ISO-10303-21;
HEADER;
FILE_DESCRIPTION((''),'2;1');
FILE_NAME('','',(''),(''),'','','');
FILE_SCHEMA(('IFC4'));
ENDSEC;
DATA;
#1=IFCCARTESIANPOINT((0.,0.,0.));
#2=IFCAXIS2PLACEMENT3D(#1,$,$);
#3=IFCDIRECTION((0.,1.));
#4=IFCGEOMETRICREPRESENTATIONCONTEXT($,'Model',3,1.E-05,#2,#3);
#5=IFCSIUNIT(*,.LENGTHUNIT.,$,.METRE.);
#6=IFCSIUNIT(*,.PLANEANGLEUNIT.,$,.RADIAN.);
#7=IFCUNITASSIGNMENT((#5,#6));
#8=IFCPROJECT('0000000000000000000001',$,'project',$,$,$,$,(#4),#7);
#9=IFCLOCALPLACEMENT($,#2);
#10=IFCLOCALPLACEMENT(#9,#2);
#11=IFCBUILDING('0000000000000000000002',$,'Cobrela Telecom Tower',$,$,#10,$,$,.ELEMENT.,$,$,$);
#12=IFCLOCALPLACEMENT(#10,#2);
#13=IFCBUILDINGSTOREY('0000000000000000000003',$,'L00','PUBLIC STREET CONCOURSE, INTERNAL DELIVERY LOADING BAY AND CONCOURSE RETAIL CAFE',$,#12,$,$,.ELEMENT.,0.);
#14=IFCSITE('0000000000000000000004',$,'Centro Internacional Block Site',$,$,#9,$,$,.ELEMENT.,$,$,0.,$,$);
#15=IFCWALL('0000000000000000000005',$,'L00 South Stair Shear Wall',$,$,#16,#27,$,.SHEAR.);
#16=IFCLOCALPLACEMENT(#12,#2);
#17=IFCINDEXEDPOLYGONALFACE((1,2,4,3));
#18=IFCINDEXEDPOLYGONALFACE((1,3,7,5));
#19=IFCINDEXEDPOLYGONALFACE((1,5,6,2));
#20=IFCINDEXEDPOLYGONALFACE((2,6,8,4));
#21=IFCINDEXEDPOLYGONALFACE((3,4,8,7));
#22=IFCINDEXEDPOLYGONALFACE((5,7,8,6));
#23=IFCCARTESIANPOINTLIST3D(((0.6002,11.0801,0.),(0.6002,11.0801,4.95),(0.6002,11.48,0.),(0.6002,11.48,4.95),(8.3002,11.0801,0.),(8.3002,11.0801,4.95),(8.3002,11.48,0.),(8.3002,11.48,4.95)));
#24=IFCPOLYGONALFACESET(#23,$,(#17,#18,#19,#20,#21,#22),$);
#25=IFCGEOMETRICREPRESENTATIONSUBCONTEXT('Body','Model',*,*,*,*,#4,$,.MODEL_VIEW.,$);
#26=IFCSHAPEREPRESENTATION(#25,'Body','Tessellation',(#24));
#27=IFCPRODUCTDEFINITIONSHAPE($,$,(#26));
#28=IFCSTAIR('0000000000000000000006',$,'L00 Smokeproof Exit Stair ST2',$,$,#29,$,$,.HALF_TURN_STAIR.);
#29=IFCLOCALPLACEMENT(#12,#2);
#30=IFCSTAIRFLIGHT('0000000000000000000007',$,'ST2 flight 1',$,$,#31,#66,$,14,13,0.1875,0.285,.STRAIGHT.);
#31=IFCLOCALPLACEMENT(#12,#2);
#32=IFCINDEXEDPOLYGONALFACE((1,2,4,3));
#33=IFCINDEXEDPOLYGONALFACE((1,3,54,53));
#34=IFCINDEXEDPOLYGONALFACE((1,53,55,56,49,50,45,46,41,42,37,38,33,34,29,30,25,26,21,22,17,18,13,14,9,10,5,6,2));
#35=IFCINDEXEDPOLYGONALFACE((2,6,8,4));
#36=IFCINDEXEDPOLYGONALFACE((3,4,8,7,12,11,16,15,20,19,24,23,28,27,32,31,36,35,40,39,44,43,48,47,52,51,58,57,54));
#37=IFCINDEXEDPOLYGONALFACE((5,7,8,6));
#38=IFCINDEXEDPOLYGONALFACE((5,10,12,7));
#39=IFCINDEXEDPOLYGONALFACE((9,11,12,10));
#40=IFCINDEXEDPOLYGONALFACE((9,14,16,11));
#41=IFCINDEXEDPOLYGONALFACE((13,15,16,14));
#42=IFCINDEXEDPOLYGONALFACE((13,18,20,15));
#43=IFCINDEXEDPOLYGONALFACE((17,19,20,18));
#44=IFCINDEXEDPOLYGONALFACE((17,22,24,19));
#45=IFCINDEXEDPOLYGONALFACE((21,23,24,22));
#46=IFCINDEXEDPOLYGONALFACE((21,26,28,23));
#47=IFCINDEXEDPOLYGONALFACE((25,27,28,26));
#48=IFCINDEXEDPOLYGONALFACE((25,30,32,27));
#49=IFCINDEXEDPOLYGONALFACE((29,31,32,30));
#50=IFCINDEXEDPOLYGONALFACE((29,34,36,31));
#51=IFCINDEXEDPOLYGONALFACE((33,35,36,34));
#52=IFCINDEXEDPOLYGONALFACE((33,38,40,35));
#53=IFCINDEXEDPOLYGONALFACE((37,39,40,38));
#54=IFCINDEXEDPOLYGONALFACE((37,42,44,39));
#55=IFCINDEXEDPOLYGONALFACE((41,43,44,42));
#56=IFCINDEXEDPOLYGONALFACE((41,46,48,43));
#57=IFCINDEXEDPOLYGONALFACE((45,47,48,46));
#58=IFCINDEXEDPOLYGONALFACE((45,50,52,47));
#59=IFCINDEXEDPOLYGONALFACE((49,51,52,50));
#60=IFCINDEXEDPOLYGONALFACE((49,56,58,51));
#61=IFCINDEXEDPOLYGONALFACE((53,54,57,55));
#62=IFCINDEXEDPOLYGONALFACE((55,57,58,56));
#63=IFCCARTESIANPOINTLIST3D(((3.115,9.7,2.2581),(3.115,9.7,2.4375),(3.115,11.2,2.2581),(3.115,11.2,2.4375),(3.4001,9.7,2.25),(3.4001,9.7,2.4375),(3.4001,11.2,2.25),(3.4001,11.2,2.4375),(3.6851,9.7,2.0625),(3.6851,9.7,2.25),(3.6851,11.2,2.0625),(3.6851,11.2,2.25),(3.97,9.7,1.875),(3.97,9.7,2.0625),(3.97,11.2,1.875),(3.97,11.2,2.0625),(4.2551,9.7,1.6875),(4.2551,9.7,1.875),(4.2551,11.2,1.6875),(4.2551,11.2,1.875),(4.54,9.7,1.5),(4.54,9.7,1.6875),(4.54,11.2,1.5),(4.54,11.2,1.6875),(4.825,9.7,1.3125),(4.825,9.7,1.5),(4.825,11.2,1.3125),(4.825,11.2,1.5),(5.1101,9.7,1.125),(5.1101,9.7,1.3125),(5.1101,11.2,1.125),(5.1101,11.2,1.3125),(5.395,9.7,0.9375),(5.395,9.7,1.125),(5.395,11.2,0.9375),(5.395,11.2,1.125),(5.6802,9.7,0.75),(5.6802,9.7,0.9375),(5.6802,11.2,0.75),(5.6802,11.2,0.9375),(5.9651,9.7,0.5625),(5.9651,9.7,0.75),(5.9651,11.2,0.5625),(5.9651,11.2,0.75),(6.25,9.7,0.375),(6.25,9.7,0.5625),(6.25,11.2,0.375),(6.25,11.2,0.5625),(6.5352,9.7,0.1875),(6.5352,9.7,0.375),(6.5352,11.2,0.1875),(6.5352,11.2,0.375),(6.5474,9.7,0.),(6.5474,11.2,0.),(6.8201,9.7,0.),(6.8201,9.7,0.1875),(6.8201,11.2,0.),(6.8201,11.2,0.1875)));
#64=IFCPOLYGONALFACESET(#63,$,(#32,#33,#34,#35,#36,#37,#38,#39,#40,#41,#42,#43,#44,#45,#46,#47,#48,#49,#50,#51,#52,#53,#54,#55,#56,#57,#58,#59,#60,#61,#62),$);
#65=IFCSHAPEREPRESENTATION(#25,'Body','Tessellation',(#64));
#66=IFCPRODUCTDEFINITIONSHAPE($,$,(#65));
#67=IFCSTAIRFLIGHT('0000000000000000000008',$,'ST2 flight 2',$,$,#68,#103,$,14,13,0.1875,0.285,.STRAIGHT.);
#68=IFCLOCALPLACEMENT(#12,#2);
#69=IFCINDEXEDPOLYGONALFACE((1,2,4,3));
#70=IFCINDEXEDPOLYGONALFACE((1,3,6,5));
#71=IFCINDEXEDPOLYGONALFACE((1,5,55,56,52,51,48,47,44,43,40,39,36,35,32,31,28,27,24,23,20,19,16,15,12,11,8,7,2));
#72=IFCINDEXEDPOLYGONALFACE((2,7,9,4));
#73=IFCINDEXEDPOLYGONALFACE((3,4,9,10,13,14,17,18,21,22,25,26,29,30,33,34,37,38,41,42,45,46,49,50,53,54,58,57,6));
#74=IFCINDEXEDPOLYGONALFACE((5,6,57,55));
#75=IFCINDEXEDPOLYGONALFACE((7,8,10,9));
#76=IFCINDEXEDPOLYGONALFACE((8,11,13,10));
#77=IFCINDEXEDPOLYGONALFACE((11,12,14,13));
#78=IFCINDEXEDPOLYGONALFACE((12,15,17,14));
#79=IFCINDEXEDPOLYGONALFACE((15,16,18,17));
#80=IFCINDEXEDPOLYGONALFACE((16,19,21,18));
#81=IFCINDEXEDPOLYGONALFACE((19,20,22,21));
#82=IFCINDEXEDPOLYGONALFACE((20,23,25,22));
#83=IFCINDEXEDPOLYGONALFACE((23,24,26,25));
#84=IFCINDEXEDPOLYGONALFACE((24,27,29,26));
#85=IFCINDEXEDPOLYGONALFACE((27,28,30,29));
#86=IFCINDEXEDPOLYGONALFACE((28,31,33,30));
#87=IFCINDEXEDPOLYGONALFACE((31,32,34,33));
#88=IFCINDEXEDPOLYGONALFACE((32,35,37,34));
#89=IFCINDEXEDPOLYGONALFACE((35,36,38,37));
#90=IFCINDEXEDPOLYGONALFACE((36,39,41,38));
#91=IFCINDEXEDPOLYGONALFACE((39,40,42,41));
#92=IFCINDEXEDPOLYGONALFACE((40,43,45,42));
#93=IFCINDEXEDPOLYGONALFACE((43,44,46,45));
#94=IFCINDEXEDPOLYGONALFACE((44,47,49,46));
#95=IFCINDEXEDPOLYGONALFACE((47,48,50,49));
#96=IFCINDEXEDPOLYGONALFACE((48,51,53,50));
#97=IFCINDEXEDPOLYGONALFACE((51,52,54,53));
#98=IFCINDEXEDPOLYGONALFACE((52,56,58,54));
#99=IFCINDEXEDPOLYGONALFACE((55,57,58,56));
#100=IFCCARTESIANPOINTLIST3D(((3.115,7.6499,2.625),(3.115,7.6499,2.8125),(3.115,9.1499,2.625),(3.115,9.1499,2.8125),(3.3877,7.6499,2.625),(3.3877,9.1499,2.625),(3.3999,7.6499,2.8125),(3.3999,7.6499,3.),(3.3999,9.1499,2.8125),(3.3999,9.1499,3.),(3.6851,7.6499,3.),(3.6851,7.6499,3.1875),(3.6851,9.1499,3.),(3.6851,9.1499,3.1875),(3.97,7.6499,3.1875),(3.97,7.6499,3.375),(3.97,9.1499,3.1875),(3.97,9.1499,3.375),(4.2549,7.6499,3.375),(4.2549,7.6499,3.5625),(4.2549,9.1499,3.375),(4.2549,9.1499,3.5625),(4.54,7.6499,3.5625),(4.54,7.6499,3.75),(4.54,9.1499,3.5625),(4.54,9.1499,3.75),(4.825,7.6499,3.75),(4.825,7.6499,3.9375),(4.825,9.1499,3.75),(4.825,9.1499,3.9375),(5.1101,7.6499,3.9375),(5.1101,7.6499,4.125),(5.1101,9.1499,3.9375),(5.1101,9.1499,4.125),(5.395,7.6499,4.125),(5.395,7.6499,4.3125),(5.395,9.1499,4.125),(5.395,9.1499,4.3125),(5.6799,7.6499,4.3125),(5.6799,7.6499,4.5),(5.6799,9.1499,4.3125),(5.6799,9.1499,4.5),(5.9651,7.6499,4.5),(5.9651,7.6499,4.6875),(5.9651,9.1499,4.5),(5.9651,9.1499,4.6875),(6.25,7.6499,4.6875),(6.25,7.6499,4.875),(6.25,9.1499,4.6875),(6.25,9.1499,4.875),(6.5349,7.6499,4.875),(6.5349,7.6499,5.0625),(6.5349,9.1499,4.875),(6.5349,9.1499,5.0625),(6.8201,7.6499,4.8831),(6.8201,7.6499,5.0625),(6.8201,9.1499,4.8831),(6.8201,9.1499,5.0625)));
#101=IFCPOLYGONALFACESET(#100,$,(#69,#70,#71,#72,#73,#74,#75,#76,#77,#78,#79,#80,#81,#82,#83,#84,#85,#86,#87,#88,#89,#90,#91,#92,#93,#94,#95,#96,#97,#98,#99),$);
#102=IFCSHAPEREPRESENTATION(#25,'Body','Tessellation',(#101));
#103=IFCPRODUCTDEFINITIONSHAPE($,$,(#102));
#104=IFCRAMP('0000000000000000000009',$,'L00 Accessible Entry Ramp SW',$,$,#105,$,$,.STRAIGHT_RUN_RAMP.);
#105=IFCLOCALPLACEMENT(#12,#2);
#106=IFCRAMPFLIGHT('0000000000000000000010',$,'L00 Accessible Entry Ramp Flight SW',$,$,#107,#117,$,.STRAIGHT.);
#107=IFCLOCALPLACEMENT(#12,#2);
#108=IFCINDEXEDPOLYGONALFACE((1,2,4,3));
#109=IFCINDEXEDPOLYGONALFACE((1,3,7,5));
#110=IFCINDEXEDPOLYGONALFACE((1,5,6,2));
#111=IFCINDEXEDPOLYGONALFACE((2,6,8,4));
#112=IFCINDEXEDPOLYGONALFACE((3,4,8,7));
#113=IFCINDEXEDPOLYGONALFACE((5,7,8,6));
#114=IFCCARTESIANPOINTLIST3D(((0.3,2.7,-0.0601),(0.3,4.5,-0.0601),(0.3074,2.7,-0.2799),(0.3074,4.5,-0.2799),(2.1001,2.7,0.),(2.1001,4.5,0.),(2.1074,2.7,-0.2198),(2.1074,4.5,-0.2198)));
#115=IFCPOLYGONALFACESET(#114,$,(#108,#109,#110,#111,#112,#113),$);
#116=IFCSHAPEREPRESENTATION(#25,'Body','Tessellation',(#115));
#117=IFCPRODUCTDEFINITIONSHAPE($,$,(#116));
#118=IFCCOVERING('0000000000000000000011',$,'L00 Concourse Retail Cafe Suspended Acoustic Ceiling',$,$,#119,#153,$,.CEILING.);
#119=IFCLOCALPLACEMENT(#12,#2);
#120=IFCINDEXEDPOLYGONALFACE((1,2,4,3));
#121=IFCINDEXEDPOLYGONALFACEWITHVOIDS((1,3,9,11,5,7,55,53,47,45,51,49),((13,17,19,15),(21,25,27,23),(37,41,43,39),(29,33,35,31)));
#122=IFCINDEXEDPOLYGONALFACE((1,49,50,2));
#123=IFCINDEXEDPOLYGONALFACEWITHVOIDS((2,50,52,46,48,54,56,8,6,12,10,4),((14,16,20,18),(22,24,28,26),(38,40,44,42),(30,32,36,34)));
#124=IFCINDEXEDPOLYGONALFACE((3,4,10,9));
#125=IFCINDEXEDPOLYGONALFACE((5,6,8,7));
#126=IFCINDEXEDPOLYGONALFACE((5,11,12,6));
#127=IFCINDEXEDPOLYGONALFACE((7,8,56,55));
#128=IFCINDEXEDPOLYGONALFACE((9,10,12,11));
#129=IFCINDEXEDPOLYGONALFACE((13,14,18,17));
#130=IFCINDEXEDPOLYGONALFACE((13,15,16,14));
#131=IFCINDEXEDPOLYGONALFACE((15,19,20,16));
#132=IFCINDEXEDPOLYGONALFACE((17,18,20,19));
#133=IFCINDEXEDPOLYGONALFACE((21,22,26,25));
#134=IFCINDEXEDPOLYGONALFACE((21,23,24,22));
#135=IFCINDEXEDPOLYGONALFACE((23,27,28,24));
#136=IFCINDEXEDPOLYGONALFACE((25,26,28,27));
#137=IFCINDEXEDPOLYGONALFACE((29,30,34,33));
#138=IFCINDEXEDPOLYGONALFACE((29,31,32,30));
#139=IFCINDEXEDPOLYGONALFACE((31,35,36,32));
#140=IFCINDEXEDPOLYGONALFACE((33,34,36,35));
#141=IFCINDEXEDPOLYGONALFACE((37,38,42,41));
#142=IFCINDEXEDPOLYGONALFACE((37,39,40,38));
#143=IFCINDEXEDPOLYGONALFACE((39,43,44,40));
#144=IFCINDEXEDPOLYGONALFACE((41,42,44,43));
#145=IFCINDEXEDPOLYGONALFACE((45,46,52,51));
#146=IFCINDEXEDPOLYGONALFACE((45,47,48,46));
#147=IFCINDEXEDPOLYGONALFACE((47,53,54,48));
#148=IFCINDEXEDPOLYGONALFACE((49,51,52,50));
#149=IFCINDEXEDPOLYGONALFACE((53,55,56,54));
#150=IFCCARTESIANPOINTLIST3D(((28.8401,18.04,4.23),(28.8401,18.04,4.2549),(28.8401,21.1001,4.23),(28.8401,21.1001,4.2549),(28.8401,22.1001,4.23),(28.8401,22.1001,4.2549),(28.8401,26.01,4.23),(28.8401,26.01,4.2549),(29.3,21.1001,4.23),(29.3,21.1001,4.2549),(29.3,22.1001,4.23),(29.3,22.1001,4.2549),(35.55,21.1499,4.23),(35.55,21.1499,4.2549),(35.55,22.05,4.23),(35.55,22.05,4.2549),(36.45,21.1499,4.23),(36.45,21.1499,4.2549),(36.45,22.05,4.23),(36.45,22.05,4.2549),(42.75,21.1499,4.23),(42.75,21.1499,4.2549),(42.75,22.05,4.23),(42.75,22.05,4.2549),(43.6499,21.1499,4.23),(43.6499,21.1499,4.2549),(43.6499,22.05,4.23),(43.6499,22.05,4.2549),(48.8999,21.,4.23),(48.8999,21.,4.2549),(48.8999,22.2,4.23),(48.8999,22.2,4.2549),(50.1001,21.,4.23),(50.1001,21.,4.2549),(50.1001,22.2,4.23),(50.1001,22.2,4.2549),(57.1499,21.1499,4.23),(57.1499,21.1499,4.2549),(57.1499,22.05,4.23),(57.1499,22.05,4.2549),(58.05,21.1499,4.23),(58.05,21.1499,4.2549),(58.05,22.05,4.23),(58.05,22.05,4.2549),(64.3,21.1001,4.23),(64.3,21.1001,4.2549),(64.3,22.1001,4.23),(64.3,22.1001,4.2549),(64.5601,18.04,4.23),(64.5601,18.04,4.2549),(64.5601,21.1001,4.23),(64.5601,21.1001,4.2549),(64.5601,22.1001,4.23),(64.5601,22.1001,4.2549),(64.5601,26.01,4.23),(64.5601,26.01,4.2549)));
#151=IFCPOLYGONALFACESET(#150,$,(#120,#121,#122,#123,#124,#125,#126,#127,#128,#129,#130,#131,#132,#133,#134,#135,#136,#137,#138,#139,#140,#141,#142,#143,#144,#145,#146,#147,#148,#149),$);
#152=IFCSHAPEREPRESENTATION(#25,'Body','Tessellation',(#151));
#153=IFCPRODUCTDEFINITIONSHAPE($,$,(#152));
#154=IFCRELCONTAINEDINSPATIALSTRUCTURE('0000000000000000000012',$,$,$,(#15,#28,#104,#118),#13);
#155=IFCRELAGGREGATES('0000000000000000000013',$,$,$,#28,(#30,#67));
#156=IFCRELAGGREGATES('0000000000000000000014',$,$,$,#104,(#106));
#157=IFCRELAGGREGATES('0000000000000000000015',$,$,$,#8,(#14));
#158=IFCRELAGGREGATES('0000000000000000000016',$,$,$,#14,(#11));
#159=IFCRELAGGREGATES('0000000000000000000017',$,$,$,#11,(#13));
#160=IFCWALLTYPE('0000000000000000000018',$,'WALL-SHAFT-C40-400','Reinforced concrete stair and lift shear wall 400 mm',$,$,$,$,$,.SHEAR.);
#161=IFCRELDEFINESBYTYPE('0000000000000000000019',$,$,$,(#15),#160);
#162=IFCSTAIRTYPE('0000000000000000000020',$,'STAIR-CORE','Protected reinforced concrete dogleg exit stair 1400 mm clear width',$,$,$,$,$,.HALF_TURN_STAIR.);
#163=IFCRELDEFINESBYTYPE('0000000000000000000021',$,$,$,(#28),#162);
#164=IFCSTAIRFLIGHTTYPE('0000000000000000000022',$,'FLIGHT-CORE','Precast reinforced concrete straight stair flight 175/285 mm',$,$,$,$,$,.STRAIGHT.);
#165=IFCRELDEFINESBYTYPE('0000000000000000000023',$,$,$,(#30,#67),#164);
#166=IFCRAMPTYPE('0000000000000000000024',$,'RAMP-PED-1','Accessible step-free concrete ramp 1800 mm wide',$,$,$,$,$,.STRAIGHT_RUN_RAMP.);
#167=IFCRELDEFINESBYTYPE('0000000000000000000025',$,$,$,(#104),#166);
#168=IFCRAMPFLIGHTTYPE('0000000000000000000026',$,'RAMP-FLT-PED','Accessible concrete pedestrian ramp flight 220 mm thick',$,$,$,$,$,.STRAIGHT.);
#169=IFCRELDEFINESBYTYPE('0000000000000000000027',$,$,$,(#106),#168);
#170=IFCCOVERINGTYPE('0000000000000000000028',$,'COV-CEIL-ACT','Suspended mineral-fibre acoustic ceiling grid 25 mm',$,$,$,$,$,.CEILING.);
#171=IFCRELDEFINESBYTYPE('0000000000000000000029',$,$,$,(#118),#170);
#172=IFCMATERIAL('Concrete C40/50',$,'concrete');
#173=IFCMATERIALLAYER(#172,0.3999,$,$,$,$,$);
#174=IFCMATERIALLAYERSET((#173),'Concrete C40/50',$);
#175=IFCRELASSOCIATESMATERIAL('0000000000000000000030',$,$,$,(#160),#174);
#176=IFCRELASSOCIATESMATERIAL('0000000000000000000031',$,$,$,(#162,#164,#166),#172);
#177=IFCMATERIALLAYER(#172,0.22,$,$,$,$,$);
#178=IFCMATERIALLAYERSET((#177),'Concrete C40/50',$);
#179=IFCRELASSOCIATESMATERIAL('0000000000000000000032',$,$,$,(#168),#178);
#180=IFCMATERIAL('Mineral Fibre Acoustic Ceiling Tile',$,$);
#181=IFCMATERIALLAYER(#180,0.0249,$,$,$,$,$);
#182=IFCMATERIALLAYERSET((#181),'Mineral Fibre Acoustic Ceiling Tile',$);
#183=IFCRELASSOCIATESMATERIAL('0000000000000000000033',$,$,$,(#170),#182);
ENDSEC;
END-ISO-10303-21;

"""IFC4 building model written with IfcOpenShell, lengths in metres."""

from ifc_helpers import new_model, si_unit, direction, frame, frame_2d, origin, place, context, subcontext, project, spatial, polyline, rectangle, outline, extrude, material, layer, layer_set, type_object, element, aggregate, save


model = new_model("IFC4")

# Units and contexts
model_context = context("Model", 3, precision=1e-05, world=origin(), true_north=direction((0.0, 1.0)))
body_context = subcontext(model_context, "Body", "Model", "MODEL_VIEW")
ifc_project = project(units=[si_unit("LENGTHUNIT", "METRE"), si_unit("PLANEANGLEUNIT", "RADIAN")], contexts=[model_context])

# Site, building, storey
site_placement = place(None, origin())
site = spatial("IfcSite", under=ifc_project, at=site_placement, Name="Centro Internacional Block Site", CompositionType="ELEMENT", RefElevation=0.0)
building_placement = place(site_placement, origin())
building = spatial("IfcBuilding", under=site, at=building_placement, Name="Cobrela Telecom Tower", CompositionType="ELEMENT")
storey_placement = place(building_placement, origin())
storey = spatial("IfcBuildingStorey", under=building, at=storey_placement, Name="L00", Description="PUBLIC STREET CONCOURSE, INTERNAL DELIVERY LOADING BAY AND CONCOURSE RETAIL CAFE", CompositionType="ELEMENT", Elevation=0.0)

# Shared definitions
ifc_material_1 = material(Name="Concrete C40/50", Category="concrete")

# Wall
ifc_layer_1 = layer(ifc_material_1, 0.3999)
ifc_layer_set_1 = layer_set([ifc_layer_1], Name="Concrete C40/50")
wall_type_1 = type_object("IfcWallType", Name="WALL-SHAFT-C40-400", Description="Reinforced concrete stair and lift shear wall 400 mm", PredefinedType="SHEAR", material=ifc_layer_set_1)
wall_1_placement = place(storey_placement, frame((0.6001, 11.28, 0.0), z_axis=(0.0, 0.0, 1.0), x_axis=(1.0, 0.0, 0.0)))
element("IfcWall", 1, at=wall_1_placement, inside=storey, type_object=wall_type_1, Name="L00 South Stair Shear Wall", PredefinedType="SHEAR", context=body_context, shape_type="SweptSolid", body=[
    extrude(rectangle(XDim=7.7, YDim=0.3999, at=frame_2d((3.8501, 0.0))), origin(), (0.0, 0.0, 1.0), 4.95),
])

# Stair, stair flights
stair_type = type_object("IfcStairType", Name="STAIR-CORE", Description="Protected reinforced concrete dogleg exit stair 1400 mm clear width", PredefinedType="HALF_TURN_STAIR", material=ifc_material_1)
stair_placement = place(storey_placement, origin())
stair = element("IfcStair", 2, at=stair_placement, inside=storey, type_object=stair_type, Name="L00 Smokeproof Exit Stair ST2", PredefinedType="HALF_TURN_STAIR")
stair_flight_type = type_object("IfcStairFlightType", Name="FLIGHT-CORE", Description="Precast reinforced concrete straight stair flight 175/285 mm", PredefinedType="STRAIGHT", material=ifc_material_1)
stair_flight_1_placement = place(storey_placement, frame((6.8201, 10.45, 0.0), z_axis=(0.0, 0.0, 1.0), x_axis=(-1.0, 0.0, 0.0)))
stair_flight_1 = element("IfcStairFlight", 3, at=stair_flight_1_placement, type_object=stair_flight_type, Name="ST2 flight 1", NumberOfRisers=14, NumberOfTreads=13, PredefinedType="STRAIGHT", RiserHeight=0.1875, TreadLength=0.285, context=body_context, shape_type="SweptSolid", body=[
    extrude(outline(polyline([(0.0, 0.0), (0.0, 0.1875), (0.2849, 0.1875), (0.2849, 0.375), (0.5701, 0.375), (0.5701, 0.5625), (0.855, 0.5625), (0.855, 0.75), (1.1399, 0.75), (1.1399, 0.9375), (1.425, 0.9375), (1.425, 1.125), (1.71, 1.125), (1.71, 1.3125), (1.9951, 1.3125), (1.9951, 1.5), (2.28, 1.5), (2.28, 1.6875), (2.5649, 1.6875), (2.5649, 1.875), (2.8501, 1.875), (2.8501, 2.0625), (3.135, 2.0625), (3.135, 2.25), (3.4199, 2.25), (3.4199, 2.4375), (3.7051, 2.4375), (3.7051, 2.625), (3.7051, 2.2581), (0.2727, 0.0), (0.0, 0.0)])), frame((0.0, 0.75, 0.0), z_axis=(0.0, -1.0, 0.0), x_axis=(1.0, 0.0, 0.0)), (0.0, 0.0, 1.0), 1.5),
])
stair_flight_2_placement = place(storey_placement, frame((3.115, 8.3999, 2.625), z_axis=(0.0, 0.0, 1.0), x_axis=(1.0, 0.0, 0.0)))
stair_flight_2 = element("IfcStairFlight", 4, at=stair_flight_2_placement, type_object=stair_flight_type, Name="ST2 flight 2", NumberOfRisers=14, NumberOfTreads=13, PredefinedType="STRAIGHT", RiserHeight=0.1875, TreadLength=0.285, context=body_context, shape_type="SweptSolid", body=[
    extrude(outline(polyline([(0.0, 0.0), (0.0, 0.1875), (0.2849, 0.1875), (0.2849, 0.375), (0.5701, 0.375), (0.5701, 0.5625), (0.855, 0.5625), (0.855, 0.75), (1.1399, 0.75), (1.1399, 0.9375), (1.425, 0.9375), (1.425, 1.125), (1.71, 1.125), (1.71, 1.3125), (1.9951, 1.3125), (1.9951, 1.5), (2.28, 1.5), (2.28, 1.6875), (2.5649, 1.6875), (2.5649, 1.875), (2.8501, 1.875), (2.8501, 2.0625), (3.135, 2.0625), (3.135, 2.25), (3.4199, 2.25), (3.4199, 2.4375), (3.7051, 2.4375), (3.7051, 2.625), (3.7051, 2.2581), (0.2727, 0.0), (0.0, 0.0)])), frame((0.0, 0.75, 0.0), z_axis=(0.0, -1.0, 0.0), x_axis=(1.0, 0.0, 0.0)), (0.0, 0.0, 1.0), 1.5),
])
aggregate(stair, [stair_flight_1, stair_flight_2])

# Ramp, ramp flight
ramp_type = type_object("IfcRampType", Name="RAMP-PED-1", Description="Accessible step-free concrete ramp 1800 mm wide", PredefinedType="STRAIGHT_RUN_RAMP", material=ifc_material_1)
ramp_placement = place(storey_placement, origin())
ramp = element("IfcRamp", 5, at=ramp_placement, inside=storey, type_object=ramp_type, Name="L00 Accessible Entry Ramp SW", PredefinedType="STRAIGHT_RUN_RAMP")
ifc_layer_2 = layer(ifc_material_1, 0.22)
ifc_layer_set_2 = layer_set([ifc_layer_2], Name="Concrete C40/50")
ramp_flight_type = type_object("IfcRampFlightType", Name="RAMP-FLT-PED", Description="Accessible concrete pedestrian ramp flight 220 mm thick", PredefinedType="STRAIGHT", material=ifc_layer_set_2)
ramp_flight_placement = place(storey_placement, frame((0.3, 2.7, -0.0601), z_axis=(-0.033346, 0.0, 0.999444), x_axis=(0.999444, 0.0, 0.033346)))
ramp_flight = element("IfcRampFlight", 6, at=ramp_flight_placement, type_object=ramp_flight_type, Name="L00 Accessible Entry Ramp Flight SW", PredefinedType="STRAIGHT", context=body_context, shape_type="SweptSolid", body=[
    extrude(outline(polyline([(0.0, 0.0), (1.8011, 0.0), (1.8011, 1.8), (0.0, 1.8), (0.0, 0.0)])), origin(), (0.0, 0.0, -1.0), 0.22),
])
aggregate(ramp, [ramp_flight])

# Covering
ifc_material_2 = material(Name="Mineral Fibre Acoustic Ceiling Tile")
ifc_layer_3 = layer(ifc_material_2, 0.0249)
ifc_layer_set_3 = layer_set([ifc_layer_3], Name="Mineral Fibre Acoustic Ceiling Tile")
covering_type_1 = type_object("IfcCoveringType", Name="COV-CEIL-ACT", Description="Suspended mineral-fibre acoustic ceiling grid 25 mm", PredefinedType="CEILING", material=ifc_layer_set_3)
covering_1_placement = place(storey_placement, frame((0.0, 0.0, 4.23)))
element("IfcCovering", 7, at=covering_1_placement, inside=storey, type_object=covering_type_1, Name="L00 Concourse Retail Cafe Suspended Acoustic Ceiling", PredefinedType="CEILING", context=body_context, shape_type="SweptSolid", body=[
    extrude(outline(polyline([(29.3, 22.1001), (28.8401, 22.1001), (28.8401, 26.01), (64.5601, 26.01), (64.5601, 22.1001), (64.3, 22.1001), (64.3, 21.1001), (64.5601, 21.1001), (64.5601, 18.04), (28.8401, 18.04), (28.8401, 21.1001), (29.3, 21.1001), (29.3, 22.1001)]), holes=[polyline([(35.55, 21.1499), (36.45, 21.1499), (36.45, 22.05), (35.55, 22.05), (35.55, 21.1499)]), polyline([(42.75, 21.1499), (43.6499, 21.1499), (43.6499, 22.05), (42.75, 22.05), (42.75, 21.1499)]), polyline([(50.1001, 21.0), (50.1001, 22.2), (48.8999, 22.2), (48.8999, 21.0), (50.1001, 21.0)]), polyline([(57.1499, 21.1499), (58.05, 21.1499), (58.05, 22.05), (57.1499, 22.05), (57.1499, 21.1499)])]), origin(), (0.0, 0.0, 1.0), 0.0249),
])

save(model, "model.ifc")
